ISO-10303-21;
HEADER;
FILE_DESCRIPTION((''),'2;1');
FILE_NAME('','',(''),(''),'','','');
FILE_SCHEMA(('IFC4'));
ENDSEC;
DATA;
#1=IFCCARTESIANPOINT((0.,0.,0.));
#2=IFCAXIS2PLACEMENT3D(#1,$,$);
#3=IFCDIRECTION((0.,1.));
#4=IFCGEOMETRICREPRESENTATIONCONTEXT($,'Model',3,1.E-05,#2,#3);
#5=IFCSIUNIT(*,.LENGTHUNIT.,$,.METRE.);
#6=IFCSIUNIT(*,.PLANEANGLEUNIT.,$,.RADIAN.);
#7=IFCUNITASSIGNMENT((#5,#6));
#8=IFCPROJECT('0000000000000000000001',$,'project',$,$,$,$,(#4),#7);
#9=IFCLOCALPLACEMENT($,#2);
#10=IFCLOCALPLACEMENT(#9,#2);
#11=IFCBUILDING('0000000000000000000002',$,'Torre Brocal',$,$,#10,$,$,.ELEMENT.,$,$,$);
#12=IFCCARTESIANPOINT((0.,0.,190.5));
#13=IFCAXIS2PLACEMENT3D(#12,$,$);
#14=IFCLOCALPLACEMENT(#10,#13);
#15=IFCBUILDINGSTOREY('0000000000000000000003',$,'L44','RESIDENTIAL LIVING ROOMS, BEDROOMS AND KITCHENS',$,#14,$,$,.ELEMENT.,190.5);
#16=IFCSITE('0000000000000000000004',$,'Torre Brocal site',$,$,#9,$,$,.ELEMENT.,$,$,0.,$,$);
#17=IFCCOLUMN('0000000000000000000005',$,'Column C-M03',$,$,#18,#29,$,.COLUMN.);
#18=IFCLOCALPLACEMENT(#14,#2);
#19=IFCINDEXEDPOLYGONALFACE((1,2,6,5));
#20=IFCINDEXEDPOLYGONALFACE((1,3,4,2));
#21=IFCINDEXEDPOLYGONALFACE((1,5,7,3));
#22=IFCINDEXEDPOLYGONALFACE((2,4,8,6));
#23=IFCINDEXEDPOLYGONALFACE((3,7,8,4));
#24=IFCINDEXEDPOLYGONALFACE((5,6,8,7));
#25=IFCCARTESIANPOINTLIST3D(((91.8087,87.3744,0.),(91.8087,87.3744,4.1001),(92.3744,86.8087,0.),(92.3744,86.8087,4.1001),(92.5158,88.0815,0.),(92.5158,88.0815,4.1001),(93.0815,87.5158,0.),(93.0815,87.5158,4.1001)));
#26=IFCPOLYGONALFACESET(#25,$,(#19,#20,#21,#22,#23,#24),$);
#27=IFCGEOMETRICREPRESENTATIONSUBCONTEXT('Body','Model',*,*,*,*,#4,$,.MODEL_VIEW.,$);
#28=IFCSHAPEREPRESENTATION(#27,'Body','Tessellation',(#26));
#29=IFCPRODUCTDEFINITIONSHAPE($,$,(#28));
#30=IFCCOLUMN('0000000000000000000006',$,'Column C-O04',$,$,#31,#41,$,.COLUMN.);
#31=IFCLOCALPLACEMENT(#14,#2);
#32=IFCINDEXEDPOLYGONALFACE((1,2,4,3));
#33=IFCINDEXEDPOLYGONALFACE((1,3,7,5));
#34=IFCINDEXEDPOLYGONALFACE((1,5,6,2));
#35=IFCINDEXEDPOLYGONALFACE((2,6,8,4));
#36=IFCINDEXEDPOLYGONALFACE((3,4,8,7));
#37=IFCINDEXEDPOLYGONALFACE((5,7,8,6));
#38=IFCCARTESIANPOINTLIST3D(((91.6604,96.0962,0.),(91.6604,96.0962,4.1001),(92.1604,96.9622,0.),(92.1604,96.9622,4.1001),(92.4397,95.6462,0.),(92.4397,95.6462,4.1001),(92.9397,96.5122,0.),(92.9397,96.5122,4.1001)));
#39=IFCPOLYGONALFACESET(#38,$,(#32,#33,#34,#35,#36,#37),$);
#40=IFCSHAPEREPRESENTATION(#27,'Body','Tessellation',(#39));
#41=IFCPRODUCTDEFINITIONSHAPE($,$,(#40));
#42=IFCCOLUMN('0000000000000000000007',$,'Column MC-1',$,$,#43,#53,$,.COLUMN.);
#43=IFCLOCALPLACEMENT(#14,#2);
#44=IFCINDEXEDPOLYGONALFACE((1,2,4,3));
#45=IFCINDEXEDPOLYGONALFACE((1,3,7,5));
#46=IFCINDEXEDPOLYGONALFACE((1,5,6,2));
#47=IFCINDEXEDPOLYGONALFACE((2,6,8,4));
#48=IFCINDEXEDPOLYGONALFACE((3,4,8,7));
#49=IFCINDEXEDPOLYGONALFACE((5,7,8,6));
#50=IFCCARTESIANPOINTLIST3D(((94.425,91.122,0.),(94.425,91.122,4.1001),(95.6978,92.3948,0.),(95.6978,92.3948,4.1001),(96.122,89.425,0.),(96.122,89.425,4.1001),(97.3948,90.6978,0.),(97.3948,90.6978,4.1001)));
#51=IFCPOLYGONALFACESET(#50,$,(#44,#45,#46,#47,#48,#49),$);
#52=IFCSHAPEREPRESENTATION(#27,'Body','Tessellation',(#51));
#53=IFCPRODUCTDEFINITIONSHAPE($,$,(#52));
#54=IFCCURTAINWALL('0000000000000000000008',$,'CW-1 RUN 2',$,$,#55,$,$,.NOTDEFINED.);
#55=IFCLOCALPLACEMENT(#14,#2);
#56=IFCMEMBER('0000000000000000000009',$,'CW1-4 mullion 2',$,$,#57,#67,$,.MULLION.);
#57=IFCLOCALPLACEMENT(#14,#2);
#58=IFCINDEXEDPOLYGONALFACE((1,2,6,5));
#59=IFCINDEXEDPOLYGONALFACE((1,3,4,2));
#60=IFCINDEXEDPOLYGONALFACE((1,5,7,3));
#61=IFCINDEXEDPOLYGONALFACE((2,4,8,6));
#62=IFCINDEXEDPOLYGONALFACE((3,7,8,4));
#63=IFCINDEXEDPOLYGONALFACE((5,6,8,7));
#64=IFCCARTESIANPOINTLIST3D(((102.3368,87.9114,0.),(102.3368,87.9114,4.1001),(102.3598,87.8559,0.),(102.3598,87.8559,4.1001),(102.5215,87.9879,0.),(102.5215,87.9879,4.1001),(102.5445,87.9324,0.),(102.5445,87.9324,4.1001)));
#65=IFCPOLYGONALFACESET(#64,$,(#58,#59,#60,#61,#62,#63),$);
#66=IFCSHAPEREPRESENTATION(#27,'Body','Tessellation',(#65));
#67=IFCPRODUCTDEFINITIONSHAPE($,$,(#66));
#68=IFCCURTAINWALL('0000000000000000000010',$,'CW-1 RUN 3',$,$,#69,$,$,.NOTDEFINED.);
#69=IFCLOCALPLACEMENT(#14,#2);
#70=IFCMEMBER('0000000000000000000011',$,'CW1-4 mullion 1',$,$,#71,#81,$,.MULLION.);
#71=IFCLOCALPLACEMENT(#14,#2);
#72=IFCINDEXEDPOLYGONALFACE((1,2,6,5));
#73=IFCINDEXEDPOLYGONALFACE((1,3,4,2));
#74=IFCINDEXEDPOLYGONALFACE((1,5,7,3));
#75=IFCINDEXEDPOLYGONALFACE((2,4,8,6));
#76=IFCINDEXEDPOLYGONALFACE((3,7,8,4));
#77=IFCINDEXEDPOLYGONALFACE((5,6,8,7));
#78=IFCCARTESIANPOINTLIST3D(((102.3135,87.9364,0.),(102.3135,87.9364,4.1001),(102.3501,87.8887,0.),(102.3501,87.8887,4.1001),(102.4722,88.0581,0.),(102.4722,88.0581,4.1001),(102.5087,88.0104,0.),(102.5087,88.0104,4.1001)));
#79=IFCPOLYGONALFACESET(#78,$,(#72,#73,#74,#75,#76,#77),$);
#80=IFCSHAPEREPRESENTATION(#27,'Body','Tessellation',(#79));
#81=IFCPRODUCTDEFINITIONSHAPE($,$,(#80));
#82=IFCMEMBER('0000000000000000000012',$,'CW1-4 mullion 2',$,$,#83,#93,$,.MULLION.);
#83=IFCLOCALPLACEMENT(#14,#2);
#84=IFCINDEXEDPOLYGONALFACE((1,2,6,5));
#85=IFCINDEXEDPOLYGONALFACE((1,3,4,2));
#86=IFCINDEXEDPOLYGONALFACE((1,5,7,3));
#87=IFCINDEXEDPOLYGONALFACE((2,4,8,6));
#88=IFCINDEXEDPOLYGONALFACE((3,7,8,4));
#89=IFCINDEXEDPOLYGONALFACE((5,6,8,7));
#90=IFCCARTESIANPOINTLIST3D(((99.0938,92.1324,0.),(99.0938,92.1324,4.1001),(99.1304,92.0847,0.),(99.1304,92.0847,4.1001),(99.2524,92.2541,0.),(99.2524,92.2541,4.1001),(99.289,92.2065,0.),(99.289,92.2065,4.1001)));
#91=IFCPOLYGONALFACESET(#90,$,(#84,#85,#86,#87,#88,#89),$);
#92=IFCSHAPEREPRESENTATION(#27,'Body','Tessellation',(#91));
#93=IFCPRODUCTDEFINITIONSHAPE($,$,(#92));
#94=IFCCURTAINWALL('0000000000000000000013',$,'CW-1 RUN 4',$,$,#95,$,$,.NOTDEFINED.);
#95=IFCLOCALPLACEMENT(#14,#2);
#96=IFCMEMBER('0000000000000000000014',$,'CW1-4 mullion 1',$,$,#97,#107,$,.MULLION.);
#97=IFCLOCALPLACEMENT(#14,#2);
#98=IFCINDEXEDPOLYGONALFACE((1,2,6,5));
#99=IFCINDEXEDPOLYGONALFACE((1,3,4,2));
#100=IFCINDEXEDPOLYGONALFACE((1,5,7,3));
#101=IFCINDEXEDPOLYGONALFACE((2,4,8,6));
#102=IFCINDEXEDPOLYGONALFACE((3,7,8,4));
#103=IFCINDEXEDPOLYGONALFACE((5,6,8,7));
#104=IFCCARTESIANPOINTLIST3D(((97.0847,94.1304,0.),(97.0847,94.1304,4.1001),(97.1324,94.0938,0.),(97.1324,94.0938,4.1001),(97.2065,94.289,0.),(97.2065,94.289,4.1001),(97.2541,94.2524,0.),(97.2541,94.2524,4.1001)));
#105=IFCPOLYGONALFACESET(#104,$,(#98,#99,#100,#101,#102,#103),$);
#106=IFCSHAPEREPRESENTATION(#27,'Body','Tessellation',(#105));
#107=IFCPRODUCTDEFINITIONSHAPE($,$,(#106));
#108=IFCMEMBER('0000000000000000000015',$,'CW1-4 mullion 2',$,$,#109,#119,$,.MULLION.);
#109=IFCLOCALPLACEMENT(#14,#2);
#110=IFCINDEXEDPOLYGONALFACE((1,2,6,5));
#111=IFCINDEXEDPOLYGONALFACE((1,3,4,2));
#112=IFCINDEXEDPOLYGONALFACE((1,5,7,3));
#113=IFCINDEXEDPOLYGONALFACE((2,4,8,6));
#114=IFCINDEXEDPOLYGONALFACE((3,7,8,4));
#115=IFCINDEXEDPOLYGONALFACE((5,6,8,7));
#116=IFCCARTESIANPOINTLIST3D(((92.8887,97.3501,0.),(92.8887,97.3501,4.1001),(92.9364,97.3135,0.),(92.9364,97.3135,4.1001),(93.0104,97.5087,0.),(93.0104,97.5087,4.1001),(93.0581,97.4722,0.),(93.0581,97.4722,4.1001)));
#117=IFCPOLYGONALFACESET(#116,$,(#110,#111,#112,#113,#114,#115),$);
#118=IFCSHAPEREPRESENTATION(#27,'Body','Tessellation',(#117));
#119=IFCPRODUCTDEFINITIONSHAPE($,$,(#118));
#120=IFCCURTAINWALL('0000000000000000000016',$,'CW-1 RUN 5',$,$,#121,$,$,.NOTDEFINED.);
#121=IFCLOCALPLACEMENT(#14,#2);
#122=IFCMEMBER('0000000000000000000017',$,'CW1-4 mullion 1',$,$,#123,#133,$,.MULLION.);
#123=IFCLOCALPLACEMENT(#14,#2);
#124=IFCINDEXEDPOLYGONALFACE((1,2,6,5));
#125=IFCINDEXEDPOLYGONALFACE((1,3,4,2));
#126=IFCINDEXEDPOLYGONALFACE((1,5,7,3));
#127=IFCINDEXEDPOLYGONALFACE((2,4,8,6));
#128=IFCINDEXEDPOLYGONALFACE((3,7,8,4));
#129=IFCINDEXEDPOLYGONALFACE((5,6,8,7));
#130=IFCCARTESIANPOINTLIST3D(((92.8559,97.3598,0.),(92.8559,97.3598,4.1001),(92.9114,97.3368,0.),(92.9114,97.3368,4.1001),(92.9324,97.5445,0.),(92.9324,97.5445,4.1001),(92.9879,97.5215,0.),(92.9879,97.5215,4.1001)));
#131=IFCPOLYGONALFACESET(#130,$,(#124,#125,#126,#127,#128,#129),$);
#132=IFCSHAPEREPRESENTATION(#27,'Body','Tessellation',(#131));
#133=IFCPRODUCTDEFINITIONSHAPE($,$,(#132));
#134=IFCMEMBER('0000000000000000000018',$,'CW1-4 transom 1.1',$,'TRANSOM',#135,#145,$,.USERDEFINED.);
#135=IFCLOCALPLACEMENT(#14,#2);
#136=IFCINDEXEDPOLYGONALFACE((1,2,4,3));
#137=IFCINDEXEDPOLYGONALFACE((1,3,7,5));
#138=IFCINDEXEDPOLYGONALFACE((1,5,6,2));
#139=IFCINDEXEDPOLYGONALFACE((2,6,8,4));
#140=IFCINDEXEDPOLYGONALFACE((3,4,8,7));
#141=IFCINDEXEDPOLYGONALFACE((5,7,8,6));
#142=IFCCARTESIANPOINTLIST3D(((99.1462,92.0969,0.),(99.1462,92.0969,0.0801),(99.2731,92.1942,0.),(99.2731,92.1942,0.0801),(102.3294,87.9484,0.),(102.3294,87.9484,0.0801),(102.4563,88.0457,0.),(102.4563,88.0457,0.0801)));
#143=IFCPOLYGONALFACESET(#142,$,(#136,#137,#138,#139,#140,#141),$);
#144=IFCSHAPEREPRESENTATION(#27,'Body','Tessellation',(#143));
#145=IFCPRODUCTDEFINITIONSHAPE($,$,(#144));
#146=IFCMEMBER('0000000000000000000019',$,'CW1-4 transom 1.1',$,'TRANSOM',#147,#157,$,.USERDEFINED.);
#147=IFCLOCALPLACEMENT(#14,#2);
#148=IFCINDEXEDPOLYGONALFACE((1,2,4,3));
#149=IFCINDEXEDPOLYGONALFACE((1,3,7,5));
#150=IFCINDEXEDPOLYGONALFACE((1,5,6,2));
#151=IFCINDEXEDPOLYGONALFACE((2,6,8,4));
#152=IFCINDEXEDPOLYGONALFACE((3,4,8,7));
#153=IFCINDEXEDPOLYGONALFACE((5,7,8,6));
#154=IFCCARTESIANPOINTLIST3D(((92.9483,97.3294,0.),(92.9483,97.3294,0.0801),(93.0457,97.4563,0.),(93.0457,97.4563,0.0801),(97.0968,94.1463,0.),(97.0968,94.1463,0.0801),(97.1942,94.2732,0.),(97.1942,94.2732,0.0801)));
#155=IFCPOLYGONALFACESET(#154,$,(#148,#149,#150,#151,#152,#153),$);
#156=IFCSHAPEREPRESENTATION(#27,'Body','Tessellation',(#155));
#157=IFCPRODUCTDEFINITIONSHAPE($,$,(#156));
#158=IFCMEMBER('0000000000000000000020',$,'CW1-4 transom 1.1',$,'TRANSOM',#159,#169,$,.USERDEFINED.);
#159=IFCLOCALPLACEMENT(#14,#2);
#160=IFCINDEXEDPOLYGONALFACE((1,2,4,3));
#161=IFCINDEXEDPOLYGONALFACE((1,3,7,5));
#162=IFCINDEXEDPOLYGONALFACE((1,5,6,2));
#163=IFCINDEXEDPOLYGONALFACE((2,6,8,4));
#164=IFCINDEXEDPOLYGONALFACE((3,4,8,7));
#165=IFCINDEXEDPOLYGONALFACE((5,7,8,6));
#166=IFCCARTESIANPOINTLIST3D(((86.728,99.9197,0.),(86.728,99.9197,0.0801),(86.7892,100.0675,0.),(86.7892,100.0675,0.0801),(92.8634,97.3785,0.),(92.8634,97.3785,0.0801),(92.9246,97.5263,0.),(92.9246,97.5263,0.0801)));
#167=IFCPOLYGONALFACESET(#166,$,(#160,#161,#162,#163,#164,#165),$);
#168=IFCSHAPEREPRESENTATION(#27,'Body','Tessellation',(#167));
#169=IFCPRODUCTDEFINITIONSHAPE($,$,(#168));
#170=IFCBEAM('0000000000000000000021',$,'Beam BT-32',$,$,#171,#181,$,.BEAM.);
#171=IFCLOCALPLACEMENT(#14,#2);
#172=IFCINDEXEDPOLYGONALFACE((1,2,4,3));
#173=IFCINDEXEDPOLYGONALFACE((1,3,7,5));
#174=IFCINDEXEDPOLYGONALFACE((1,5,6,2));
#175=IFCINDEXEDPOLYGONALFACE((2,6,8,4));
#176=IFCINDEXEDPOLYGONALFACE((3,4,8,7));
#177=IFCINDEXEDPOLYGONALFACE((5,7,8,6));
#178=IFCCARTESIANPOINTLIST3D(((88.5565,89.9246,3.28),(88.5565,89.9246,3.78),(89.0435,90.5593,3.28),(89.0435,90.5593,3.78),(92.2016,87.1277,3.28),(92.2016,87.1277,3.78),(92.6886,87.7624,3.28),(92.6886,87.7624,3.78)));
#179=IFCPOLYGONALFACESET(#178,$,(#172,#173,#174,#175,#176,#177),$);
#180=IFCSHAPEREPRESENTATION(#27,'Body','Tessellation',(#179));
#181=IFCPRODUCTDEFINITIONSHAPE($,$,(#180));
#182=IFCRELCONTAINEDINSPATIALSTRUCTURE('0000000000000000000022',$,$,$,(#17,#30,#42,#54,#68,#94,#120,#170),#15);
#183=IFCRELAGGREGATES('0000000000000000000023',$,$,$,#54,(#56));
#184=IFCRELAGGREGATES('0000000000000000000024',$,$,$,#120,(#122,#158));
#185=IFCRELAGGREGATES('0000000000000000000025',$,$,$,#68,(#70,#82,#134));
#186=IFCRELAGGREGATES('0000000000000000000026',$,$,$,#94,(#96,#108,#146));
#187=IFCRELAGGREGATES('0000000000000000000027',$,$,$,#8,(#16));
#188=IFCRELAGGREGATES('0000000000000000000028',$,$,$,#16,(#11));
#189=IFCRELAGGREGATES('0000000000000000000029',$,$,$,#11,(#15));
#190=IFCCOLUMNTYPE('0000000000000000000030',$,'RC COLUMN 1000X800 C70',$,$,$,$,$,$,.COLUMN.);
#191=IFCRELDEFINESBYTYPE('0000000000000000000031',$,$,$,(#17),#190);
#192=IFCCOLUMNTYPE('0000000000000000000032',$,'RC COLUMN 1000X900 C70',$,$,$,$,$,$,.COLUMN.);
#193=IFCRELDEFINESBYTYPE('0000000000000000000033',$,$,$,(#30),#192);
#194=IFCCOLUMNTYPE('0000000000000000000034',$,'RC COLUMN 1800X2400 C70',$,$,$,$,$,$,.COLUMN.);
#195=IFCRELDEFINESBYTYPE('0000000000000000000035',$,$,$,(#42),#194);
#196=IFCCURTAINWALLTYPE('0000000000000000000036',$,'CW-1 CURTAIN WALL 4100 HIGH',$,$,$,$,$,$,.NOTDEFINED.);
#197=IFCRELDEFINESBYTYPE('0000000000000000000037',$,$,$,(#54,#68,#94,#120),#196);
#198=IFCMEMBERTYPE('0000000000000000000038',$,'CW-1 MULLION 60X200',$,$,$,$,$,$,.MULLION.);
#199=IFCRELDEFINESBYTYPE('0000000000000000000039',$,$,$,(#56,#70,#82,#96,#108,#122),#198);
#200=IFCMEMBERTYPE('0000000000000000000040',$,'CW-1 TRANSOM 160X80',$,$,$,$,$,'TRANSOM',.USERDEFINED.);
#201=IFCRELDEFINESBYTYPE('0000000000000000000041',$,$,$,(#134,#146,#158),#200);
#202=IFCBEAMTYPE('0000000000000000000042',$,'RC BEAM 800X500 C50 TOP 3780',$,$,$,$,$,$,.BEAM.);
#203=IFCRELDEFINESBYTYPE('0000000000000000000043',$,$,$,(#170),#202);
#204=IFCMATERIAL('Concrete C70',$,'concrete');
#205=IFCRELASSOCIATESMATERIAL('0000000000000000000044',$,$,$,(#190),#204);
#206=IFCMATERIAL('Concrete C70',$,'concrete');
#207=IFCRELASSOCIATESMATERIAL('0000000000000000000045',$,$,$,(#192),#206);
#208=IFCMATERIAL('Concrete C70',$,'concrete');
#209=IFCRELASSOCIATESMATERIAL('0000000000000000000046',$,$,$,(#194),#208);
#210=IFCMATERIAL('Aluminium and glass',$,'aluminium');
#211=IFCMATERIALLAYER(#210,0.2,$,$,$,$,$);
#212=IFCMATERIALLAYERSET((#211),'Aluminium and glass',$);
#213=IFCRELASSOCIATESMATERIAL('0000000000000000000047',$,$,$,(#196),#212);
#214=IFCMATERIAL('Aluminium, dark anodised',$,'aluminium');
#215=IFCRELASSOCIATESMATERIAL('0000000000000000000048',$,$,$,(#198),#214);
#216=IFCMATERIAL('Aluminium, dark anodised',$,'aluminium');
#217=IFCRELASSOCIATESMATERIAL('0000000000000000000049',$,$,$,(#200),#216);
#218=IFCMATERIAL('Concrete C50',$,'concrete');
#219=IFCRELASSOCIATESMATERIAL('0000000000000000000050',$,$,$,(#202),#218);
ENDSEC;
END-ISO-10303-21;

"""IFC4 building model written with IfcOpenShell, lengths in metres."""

from ifc_helpers import new_model, si_unit, direction, frame, origin, origin_2d, place, context, subcontext, project, spatial, rectangle, extrude, material, layer, layer_set, material_profile, profile_set, type_object, element, aggregate, save


model = new_model("IFC4")

# Units and contexts
model_context = context("Model", 3, precision=1e-05, world=origin(), true_north=direction((0.0, 1.0)))
body_context = subcontext(model_context, "Body", "Model", "MODEL_VIEW")
ifc_project = project(units=[si_unit("LENGTHUNIT", "METRE"), si_unit("PLANEANGLEUNIT", "RADIAN")], contexts=[model_context])

# Site, building, storey
site_placement = place(None, origin())
site = spatial("IfcSite", under=ifc_project, at=site_placement, Name="Torre Brocal site", CompositionType="ELEMENT", RefElevation=0.0)
building_placement = place(site_placement, origin())
building = spatial("IfcBuilding", under=site, at=building_placement, Name="Torre Brocal", CompositionType="ELEMENT")
storey_placement = place(building_placement, frame((0.0, 0.0, 190.5)))
storey = spatial("IfcBuildingStorey", under=building, at=storey_placement, Name="L44", Description="RESIDENTIAL LIVING ROOMS, BEDROOMS AND KITCHENS", CompositionType="ELEMENT", Elevation=190.5)

# Columns
ifc_material_1 = material(Name="Concrete C70", Category="concrete")
ifc_material_profile_1 = material_profile(ifc_material_1, rectangle(XDim=1.0, YDim=0.8, at=origin_2d()), Name="RC 1000X800")
ifc_profile_set_1 = profile_set([ifc_material_profile_1], Name="Concrete C70")
column_type_1 = type_object("IfcColumnType", Name="RC COLUMN 1000X800 C70", PredefinedType="COLUMN", material=ifc_profile_set_1)
column_1_placement = place(storey_placement, frame((92.4451, 87.4451, 0.0), z_axis=(0.0, 0.0, 1.0), x_axis=(0.707107, 0.707107, 0.0)))
element("IfcColumn", 1, at=column_1_placement, inside=storey, type_object=column_type_1, Name="Column C-M03", PredefinedType="COLUMN", context=body_context, shape_type="SweptSolid", body=[
    extrude(rectangle(XDim=1.0, YDim=0.8, at=origin_2d()), origin(), (0.0, 0.0, 1.0), 4.1001),
])
ifc_material_2 = material(Name="Concrete C70", Category="concrete")
ifc_material_profile_2 = material_profile(ifc_material_2, rectangle(XDim=1.0, YDim=0.8999, at=origin_2d()), Name="RC 1000X900")
ifc_profile_set_2 = profile_set([ifc_material_profile_2], Name="Concrete C70")
column_type_2 = type_object("IfcColumnType", Name="RC COLUMN 1000X900 C70", PredefinedType="COLUMN", material=ifc_profile_set_2)
column_2_placement = place(storey_placement, frame((92.3, 96.3042, 0.0), z_axis=(0.0, 0.0, 1.0), x_axis=(0.5, 0.866025, 0.0)))
element("IfcColumn", 2, at=column_2_placement, inside=storey, type_object=column_type_2, Name="Column C-O04", PredefinedType="COLUMN", context=body_context, shape_type="SweptSolid", body=[
    extrude(rectangle(XDim=1.0, YDim=0.8999, at=origin_2d()), origin(), (0.0, 0.0, 1.0), 4.1001),
])
ifc_material_3 = material(Name="Concrete C70", Category="concrete")
ifc_material_profile_3 = material_profile(ifc_material_3, rectangle(XDim=1.8, YDim=2.3999, at=origin_2d()), Name="RC 1800X2400")
ifc_profile_set_3 = profile_set([ifc_material_profile_3], Name="Concrete C70")
column_type_3 = type_object("IfcColumnType", Name="RC COLUMN 1800X2400 C70", PredefinedType="COLUMN", material=ifc_profile_set_3)
column_3_placement = place(storey_placement, frame((95.9099, 90.9099, 0.0), z_axis=(0.0, 0.0, 1.0), x_axis=(0.707107, 0.707107, 0.0)))
element("IfcColumn", 3, at=column_3_placement, inside=storey, type_object=column_type_3, Name="Column MC-1", PredefinedType="COLUMN", context=body_context, shape_type="SweptSolid", body=[
    extrude(rectangle(XDim=1.8, YDim=2.3999, at=origin_2d()), origin(), (0.0, 0.0, 1.0), 4.1001),
])

# Curtain wall, member
ifc_material_4 = material(Name="Aluminium and glass", Category="aluminium")
ifc_layer_1 = layer(ifc_material_4, 0.2)
ifc_layer_set_1 = layer_set([ifc_layer_1], Name="Aluminium and glass")
curtain_wall_type = type_object("IfcCurtainWallType", Name="CW-1 CURTAIN WALL 4100 HIGH", PredefinedType="NOTDEFINED", material=ifc_layer_set_1)
curtain_wall_1_placement = place(storey_placement, origin())
curtain_wall_1 = element("IfcCurtainWall", 4, at=curtain_wall_1_placement, inside=storey, type_object=curtain_wall_type, Name="CW-1 RUN 2", PredefinedType="NOTDEFINED")
ifc_material_5 = material(Name="Aluminium, dark anodised", Category="aluminium")
ifc_material_profile_4 = material_profile(ifc_material_5, rectangle(XDim=0.2, YDim=0.0601, at=origin_2d()), Name="CW-1 MULLION 60X200")
ifc_profile_set_4 = profile_set([ifc_material_profile_4], Name="Aluminium, dark anodised")
member_type_1 = type_object("IfcMemberType", Name="CW-1 MULLION 60X200", PredefinedType="MULLION", material=ifc_profile_set_4)
member_1_placement = place(storey_placement, frame((102.4407, 87.9219, 0.0), z_axis=(0.0, 0.0, 1.0), x_axis=(-0.92388, -0.382683, 0.0)))
member_1 = element("IfcMember", 5, at=member_1_placement, type_object=member_type_1, Name="CW1-4 mullion 2", PredefinedType="MULLION", context=body_context, shape_type="SweptSolid", body=[
    extrude(rectangle(XDim=0.2, YDim=0.0601, at=origin_2d()), origin(), (0.0, 0.0, 1.0), 4.1001),
])
aggregate(curtain_wall_1, [member_1])

# Curtain walls, members
curtain_wall_2_placement = place(storey_placement, origin())
curtain_wall_2 = element("IfcCurtainWall", 6, at=curtain_wall_2_placement, inside=storey, type_object=curtain_wall_type, Name="CW-1 RUN 3", PredefinedType="NOTDEFINED")
member_2_placement = place(storey_placement, frame((102.4111, 87.9734, 0.0), z_axis=(0.0, 0.0, 1.0), x_axis=(-0.793353, -0.608761, 0.0)))
member_2 = element("IfcMember", 7, at=member_2_placement, type_object=member_type_1, Name="CW1-4 mullion 1", PredefinedType="MULLION", context=body_context, shape_type="SweptSolid", body=[
    extrude(rectangle(XDim=0.2, YDim=0.0601, at=origin_2d()), origin(), (0.0, 0.0, 1.0), 4.1001),
])
member_3_placement = place(storey_placement, frame((99.1914, 92.1694, 0.0), z_axis=(0.0, 0.0, 1.0), x_axis=(-0.793353, -0.608761, 0.0)))
member_3 = element("IfcMember", 8, at=member_3_placement, type_object=member_type_1, Name="CW1-4 mullion 2", PredefinedType="MULLION", context=body_context, shape_type="SweptSolid", body=[
    extrude(rectangle(XDim=0.2, YDim=0.0601, at=origin_2d()), origin(), (0.0, 0.0, 1.0), 4.1001),
])
curtain_wall_3_placement = place(storey_placement, origin())
curtain_wall_3 = element("IfcCurtainWall", 9, at=curtain_wall_3_placement, inside=storey, type_object=curtain_wall_type, Name="CW-1 RUN 4", PredefinedType="NOTDEFINED")
member_4_placement = place(storey_placement, frame((97.1694, 94.1914, 0.0), z_axis=(0.0, 0.0, 1.0), x_axis=(-0.608761, -0.793353, 0.0)))
member_4 = element("IfcMember", 10, at=member_4_placement, type_object=member_type_1, Name="CW1-4 mullion 1", PredefinedType="MULLION", context=body_context, shape_type="SweptSolid", body=[
    extrude(rectangle(XDim=0.2, YDim=0.0601, at=origin_2d()), origin(), (0.0, 0.0, 1.0), 4.1001),
])
member_5_placement = place(storey_placement, frame((92.9734, 97.4111, 0.0), z_axis=(0.0, 0.0, 1.0), x_axis=(-0.608761, -0.793353, 0.0)))
member_5 = element("IfcMember", 11, at=member_5_placement, type_object=member_type_1, Name="CW1-4 mullion 2", PredefinedType="MULLION", context=body_context, shape_type="SweptSolid", body=[
    extrude(rectangle(XDim=0.2, YDim=0.0601, at=origin_2d()), origin(), (0.0, 0.0, 1.0), 4.1001),
])

# Curtain wall, member
curtain_wall_4_placement = place(storey_placement, origin())
curtain_wall_4 = element("IfcCurtainWall", 12, at=curtain_wall_4_placement, inside=storey, type_object=curtain_wall_type, Name="CW-1 RUN 5", PredefinedType="NOTDEFINED")
member_6_placement = place(storey_placement, frame((92.9219, 97.4407, 0.0), z_axis=(0.0, 0.0, 1.0), x_axis=(-0.382683, -0.92388, 0.0)))
member_6 = element("IfcMember", 13, at=member_6_placement, type_object=member_type_1, Name="CW1-4 mullion 1", PredefinedType="MULLION", context=body_context, shape_type="SweptSolid", body=[
    extrude(rectangle(XDim=0.2, YDim=0.0601, at=origin_2d()), origin(), (0.0, 0.0, 1.0), 4.1001),
])

# Members
ifc_material_6 = material(Name="Aluminium, dark anodised", Category="aluminium")
ifc_material_profile_5 = material_profile(ifc_material_6, rectangle(XDim=0.1599, YDim=0.0801, at=origin_2d()), Name="CW-1 TRANSOM 160X80")
ifc_profile_set_5 = profile_set([ifc_material_profile_5], Name="Aluminium, dark anodised")
member_type_2 = type_object("IfcMemberType", Name="CW-1 TRANSOM 160X80", ElementType="TRANSOM", PredefinedType="USERDEFINED", material=ifc_profile_set_5)
member_7_placement = place(storey_placement, frame((102.3928, 87.9971, 0.04), z_axis=(-0.608749, 0.793363, 0.0), x_axis=(-0.793363, -0.608749, 0.0)))
member_7 = element("IfcMember", 14, at=member_7_placement, type_object=member_type_2, Name="CW1-4 transom 1.1", ObjectType="TRANSOM", PredefinedType="USERDEFINED", context=body_context, shape_type="SweptSolid", body=[
    extrude(rectangle(XDim=0.1599, YDim=0.0801, at=origin_2d()), origin(), (0.0, 0.0, 1.0), 5.229),
])
member_8_placement = place(storey_placement, frame((97.1455, 94.2097, 0.04), z_axis=(-0.793363, 0.608749, 0.0), x_axis=(-0.608749, -0.793363, 0.0)))
member_8 = element("IfcMember", 15, at=member_8_placement, type_object=member_type_2, Name="CW1-4 transom 1.1", ObjectType="TRANSOM", PredefinedType="USERDEFINED", context=body_context, shape_type="SweptSolid", body=[
    extrude(rectangle(XDim=0.1599, YDim=0.0801, at=origin_2d()), origin(), (0.0, 0.0, 1.0), 5.229),
])
member_9_placement = place(storey_placement, frame((92.894, 97.4524, 0.04), z_axis=(-0.923887, 0.382665, 0.0), x_axis=(-0.382665, -0.923887, 0.0)))
member_9 = element("IfcMember", 16, at=member_9_placement, type_object=member_type_2, Name="CW1-4 transom 1.1", ObjectType="TRANSOM", PredefinedType="USERDEFINED", context=body_context, shape_type="SweptSolid", body=[
    extrude(rectangle(XDim=0.1599, YDim=0.0801, at=origin_2d()), origin(), (0.0, 0.0, 1.0), 6.6409),
])
aggregate(curtain_wall_4, [member_6, member_9])

# Beam
ifc_material_7 = material(Name="Concrete C50", Category="concrete")
ifc_material_profile_6 = material_profile(ifc_material_7, rectangle(XDim=0.8, YDim=0.5, at=origin_2d()), Name="RC 800X500")
ifc_profile_set_6 = profile_set([ifc_material_profile_6], Name="Concrete C50")
beam_type_1 = type_object("IfcBeamType", Name="RC BEAM 800X500 C50 TOP 3780", PredefinedType="BEAM", material=ifc_profile_set_6)
beam_1_placement = place(storey_placement, frame((92.4451, 87.4451, 3.53), z_axis=(-0.793358, 0.608755, 0.0), x_axis=(-0.608755, -0.793358, 0.0)))
element("IfcBeam", 17, at=beam_1_placement, inside=storey, type_object=beam_type_1, Name="Beam BT-32", PredefinedType="BEAM", context=body_context, shape_type="SweptSolid", body=[
    extrude(rectangle(XDim=0.8, YDim=0.5, at=origin_2d()), origin(), (0.0, 0.0, 1.0), 4.5945),
])

aggregate(curtain_wall_2, [member_2, member_3, member_7])
aggregate(curtain_wall_3, [member_4, member_5, member_8])

save(model, "model.ifc")
